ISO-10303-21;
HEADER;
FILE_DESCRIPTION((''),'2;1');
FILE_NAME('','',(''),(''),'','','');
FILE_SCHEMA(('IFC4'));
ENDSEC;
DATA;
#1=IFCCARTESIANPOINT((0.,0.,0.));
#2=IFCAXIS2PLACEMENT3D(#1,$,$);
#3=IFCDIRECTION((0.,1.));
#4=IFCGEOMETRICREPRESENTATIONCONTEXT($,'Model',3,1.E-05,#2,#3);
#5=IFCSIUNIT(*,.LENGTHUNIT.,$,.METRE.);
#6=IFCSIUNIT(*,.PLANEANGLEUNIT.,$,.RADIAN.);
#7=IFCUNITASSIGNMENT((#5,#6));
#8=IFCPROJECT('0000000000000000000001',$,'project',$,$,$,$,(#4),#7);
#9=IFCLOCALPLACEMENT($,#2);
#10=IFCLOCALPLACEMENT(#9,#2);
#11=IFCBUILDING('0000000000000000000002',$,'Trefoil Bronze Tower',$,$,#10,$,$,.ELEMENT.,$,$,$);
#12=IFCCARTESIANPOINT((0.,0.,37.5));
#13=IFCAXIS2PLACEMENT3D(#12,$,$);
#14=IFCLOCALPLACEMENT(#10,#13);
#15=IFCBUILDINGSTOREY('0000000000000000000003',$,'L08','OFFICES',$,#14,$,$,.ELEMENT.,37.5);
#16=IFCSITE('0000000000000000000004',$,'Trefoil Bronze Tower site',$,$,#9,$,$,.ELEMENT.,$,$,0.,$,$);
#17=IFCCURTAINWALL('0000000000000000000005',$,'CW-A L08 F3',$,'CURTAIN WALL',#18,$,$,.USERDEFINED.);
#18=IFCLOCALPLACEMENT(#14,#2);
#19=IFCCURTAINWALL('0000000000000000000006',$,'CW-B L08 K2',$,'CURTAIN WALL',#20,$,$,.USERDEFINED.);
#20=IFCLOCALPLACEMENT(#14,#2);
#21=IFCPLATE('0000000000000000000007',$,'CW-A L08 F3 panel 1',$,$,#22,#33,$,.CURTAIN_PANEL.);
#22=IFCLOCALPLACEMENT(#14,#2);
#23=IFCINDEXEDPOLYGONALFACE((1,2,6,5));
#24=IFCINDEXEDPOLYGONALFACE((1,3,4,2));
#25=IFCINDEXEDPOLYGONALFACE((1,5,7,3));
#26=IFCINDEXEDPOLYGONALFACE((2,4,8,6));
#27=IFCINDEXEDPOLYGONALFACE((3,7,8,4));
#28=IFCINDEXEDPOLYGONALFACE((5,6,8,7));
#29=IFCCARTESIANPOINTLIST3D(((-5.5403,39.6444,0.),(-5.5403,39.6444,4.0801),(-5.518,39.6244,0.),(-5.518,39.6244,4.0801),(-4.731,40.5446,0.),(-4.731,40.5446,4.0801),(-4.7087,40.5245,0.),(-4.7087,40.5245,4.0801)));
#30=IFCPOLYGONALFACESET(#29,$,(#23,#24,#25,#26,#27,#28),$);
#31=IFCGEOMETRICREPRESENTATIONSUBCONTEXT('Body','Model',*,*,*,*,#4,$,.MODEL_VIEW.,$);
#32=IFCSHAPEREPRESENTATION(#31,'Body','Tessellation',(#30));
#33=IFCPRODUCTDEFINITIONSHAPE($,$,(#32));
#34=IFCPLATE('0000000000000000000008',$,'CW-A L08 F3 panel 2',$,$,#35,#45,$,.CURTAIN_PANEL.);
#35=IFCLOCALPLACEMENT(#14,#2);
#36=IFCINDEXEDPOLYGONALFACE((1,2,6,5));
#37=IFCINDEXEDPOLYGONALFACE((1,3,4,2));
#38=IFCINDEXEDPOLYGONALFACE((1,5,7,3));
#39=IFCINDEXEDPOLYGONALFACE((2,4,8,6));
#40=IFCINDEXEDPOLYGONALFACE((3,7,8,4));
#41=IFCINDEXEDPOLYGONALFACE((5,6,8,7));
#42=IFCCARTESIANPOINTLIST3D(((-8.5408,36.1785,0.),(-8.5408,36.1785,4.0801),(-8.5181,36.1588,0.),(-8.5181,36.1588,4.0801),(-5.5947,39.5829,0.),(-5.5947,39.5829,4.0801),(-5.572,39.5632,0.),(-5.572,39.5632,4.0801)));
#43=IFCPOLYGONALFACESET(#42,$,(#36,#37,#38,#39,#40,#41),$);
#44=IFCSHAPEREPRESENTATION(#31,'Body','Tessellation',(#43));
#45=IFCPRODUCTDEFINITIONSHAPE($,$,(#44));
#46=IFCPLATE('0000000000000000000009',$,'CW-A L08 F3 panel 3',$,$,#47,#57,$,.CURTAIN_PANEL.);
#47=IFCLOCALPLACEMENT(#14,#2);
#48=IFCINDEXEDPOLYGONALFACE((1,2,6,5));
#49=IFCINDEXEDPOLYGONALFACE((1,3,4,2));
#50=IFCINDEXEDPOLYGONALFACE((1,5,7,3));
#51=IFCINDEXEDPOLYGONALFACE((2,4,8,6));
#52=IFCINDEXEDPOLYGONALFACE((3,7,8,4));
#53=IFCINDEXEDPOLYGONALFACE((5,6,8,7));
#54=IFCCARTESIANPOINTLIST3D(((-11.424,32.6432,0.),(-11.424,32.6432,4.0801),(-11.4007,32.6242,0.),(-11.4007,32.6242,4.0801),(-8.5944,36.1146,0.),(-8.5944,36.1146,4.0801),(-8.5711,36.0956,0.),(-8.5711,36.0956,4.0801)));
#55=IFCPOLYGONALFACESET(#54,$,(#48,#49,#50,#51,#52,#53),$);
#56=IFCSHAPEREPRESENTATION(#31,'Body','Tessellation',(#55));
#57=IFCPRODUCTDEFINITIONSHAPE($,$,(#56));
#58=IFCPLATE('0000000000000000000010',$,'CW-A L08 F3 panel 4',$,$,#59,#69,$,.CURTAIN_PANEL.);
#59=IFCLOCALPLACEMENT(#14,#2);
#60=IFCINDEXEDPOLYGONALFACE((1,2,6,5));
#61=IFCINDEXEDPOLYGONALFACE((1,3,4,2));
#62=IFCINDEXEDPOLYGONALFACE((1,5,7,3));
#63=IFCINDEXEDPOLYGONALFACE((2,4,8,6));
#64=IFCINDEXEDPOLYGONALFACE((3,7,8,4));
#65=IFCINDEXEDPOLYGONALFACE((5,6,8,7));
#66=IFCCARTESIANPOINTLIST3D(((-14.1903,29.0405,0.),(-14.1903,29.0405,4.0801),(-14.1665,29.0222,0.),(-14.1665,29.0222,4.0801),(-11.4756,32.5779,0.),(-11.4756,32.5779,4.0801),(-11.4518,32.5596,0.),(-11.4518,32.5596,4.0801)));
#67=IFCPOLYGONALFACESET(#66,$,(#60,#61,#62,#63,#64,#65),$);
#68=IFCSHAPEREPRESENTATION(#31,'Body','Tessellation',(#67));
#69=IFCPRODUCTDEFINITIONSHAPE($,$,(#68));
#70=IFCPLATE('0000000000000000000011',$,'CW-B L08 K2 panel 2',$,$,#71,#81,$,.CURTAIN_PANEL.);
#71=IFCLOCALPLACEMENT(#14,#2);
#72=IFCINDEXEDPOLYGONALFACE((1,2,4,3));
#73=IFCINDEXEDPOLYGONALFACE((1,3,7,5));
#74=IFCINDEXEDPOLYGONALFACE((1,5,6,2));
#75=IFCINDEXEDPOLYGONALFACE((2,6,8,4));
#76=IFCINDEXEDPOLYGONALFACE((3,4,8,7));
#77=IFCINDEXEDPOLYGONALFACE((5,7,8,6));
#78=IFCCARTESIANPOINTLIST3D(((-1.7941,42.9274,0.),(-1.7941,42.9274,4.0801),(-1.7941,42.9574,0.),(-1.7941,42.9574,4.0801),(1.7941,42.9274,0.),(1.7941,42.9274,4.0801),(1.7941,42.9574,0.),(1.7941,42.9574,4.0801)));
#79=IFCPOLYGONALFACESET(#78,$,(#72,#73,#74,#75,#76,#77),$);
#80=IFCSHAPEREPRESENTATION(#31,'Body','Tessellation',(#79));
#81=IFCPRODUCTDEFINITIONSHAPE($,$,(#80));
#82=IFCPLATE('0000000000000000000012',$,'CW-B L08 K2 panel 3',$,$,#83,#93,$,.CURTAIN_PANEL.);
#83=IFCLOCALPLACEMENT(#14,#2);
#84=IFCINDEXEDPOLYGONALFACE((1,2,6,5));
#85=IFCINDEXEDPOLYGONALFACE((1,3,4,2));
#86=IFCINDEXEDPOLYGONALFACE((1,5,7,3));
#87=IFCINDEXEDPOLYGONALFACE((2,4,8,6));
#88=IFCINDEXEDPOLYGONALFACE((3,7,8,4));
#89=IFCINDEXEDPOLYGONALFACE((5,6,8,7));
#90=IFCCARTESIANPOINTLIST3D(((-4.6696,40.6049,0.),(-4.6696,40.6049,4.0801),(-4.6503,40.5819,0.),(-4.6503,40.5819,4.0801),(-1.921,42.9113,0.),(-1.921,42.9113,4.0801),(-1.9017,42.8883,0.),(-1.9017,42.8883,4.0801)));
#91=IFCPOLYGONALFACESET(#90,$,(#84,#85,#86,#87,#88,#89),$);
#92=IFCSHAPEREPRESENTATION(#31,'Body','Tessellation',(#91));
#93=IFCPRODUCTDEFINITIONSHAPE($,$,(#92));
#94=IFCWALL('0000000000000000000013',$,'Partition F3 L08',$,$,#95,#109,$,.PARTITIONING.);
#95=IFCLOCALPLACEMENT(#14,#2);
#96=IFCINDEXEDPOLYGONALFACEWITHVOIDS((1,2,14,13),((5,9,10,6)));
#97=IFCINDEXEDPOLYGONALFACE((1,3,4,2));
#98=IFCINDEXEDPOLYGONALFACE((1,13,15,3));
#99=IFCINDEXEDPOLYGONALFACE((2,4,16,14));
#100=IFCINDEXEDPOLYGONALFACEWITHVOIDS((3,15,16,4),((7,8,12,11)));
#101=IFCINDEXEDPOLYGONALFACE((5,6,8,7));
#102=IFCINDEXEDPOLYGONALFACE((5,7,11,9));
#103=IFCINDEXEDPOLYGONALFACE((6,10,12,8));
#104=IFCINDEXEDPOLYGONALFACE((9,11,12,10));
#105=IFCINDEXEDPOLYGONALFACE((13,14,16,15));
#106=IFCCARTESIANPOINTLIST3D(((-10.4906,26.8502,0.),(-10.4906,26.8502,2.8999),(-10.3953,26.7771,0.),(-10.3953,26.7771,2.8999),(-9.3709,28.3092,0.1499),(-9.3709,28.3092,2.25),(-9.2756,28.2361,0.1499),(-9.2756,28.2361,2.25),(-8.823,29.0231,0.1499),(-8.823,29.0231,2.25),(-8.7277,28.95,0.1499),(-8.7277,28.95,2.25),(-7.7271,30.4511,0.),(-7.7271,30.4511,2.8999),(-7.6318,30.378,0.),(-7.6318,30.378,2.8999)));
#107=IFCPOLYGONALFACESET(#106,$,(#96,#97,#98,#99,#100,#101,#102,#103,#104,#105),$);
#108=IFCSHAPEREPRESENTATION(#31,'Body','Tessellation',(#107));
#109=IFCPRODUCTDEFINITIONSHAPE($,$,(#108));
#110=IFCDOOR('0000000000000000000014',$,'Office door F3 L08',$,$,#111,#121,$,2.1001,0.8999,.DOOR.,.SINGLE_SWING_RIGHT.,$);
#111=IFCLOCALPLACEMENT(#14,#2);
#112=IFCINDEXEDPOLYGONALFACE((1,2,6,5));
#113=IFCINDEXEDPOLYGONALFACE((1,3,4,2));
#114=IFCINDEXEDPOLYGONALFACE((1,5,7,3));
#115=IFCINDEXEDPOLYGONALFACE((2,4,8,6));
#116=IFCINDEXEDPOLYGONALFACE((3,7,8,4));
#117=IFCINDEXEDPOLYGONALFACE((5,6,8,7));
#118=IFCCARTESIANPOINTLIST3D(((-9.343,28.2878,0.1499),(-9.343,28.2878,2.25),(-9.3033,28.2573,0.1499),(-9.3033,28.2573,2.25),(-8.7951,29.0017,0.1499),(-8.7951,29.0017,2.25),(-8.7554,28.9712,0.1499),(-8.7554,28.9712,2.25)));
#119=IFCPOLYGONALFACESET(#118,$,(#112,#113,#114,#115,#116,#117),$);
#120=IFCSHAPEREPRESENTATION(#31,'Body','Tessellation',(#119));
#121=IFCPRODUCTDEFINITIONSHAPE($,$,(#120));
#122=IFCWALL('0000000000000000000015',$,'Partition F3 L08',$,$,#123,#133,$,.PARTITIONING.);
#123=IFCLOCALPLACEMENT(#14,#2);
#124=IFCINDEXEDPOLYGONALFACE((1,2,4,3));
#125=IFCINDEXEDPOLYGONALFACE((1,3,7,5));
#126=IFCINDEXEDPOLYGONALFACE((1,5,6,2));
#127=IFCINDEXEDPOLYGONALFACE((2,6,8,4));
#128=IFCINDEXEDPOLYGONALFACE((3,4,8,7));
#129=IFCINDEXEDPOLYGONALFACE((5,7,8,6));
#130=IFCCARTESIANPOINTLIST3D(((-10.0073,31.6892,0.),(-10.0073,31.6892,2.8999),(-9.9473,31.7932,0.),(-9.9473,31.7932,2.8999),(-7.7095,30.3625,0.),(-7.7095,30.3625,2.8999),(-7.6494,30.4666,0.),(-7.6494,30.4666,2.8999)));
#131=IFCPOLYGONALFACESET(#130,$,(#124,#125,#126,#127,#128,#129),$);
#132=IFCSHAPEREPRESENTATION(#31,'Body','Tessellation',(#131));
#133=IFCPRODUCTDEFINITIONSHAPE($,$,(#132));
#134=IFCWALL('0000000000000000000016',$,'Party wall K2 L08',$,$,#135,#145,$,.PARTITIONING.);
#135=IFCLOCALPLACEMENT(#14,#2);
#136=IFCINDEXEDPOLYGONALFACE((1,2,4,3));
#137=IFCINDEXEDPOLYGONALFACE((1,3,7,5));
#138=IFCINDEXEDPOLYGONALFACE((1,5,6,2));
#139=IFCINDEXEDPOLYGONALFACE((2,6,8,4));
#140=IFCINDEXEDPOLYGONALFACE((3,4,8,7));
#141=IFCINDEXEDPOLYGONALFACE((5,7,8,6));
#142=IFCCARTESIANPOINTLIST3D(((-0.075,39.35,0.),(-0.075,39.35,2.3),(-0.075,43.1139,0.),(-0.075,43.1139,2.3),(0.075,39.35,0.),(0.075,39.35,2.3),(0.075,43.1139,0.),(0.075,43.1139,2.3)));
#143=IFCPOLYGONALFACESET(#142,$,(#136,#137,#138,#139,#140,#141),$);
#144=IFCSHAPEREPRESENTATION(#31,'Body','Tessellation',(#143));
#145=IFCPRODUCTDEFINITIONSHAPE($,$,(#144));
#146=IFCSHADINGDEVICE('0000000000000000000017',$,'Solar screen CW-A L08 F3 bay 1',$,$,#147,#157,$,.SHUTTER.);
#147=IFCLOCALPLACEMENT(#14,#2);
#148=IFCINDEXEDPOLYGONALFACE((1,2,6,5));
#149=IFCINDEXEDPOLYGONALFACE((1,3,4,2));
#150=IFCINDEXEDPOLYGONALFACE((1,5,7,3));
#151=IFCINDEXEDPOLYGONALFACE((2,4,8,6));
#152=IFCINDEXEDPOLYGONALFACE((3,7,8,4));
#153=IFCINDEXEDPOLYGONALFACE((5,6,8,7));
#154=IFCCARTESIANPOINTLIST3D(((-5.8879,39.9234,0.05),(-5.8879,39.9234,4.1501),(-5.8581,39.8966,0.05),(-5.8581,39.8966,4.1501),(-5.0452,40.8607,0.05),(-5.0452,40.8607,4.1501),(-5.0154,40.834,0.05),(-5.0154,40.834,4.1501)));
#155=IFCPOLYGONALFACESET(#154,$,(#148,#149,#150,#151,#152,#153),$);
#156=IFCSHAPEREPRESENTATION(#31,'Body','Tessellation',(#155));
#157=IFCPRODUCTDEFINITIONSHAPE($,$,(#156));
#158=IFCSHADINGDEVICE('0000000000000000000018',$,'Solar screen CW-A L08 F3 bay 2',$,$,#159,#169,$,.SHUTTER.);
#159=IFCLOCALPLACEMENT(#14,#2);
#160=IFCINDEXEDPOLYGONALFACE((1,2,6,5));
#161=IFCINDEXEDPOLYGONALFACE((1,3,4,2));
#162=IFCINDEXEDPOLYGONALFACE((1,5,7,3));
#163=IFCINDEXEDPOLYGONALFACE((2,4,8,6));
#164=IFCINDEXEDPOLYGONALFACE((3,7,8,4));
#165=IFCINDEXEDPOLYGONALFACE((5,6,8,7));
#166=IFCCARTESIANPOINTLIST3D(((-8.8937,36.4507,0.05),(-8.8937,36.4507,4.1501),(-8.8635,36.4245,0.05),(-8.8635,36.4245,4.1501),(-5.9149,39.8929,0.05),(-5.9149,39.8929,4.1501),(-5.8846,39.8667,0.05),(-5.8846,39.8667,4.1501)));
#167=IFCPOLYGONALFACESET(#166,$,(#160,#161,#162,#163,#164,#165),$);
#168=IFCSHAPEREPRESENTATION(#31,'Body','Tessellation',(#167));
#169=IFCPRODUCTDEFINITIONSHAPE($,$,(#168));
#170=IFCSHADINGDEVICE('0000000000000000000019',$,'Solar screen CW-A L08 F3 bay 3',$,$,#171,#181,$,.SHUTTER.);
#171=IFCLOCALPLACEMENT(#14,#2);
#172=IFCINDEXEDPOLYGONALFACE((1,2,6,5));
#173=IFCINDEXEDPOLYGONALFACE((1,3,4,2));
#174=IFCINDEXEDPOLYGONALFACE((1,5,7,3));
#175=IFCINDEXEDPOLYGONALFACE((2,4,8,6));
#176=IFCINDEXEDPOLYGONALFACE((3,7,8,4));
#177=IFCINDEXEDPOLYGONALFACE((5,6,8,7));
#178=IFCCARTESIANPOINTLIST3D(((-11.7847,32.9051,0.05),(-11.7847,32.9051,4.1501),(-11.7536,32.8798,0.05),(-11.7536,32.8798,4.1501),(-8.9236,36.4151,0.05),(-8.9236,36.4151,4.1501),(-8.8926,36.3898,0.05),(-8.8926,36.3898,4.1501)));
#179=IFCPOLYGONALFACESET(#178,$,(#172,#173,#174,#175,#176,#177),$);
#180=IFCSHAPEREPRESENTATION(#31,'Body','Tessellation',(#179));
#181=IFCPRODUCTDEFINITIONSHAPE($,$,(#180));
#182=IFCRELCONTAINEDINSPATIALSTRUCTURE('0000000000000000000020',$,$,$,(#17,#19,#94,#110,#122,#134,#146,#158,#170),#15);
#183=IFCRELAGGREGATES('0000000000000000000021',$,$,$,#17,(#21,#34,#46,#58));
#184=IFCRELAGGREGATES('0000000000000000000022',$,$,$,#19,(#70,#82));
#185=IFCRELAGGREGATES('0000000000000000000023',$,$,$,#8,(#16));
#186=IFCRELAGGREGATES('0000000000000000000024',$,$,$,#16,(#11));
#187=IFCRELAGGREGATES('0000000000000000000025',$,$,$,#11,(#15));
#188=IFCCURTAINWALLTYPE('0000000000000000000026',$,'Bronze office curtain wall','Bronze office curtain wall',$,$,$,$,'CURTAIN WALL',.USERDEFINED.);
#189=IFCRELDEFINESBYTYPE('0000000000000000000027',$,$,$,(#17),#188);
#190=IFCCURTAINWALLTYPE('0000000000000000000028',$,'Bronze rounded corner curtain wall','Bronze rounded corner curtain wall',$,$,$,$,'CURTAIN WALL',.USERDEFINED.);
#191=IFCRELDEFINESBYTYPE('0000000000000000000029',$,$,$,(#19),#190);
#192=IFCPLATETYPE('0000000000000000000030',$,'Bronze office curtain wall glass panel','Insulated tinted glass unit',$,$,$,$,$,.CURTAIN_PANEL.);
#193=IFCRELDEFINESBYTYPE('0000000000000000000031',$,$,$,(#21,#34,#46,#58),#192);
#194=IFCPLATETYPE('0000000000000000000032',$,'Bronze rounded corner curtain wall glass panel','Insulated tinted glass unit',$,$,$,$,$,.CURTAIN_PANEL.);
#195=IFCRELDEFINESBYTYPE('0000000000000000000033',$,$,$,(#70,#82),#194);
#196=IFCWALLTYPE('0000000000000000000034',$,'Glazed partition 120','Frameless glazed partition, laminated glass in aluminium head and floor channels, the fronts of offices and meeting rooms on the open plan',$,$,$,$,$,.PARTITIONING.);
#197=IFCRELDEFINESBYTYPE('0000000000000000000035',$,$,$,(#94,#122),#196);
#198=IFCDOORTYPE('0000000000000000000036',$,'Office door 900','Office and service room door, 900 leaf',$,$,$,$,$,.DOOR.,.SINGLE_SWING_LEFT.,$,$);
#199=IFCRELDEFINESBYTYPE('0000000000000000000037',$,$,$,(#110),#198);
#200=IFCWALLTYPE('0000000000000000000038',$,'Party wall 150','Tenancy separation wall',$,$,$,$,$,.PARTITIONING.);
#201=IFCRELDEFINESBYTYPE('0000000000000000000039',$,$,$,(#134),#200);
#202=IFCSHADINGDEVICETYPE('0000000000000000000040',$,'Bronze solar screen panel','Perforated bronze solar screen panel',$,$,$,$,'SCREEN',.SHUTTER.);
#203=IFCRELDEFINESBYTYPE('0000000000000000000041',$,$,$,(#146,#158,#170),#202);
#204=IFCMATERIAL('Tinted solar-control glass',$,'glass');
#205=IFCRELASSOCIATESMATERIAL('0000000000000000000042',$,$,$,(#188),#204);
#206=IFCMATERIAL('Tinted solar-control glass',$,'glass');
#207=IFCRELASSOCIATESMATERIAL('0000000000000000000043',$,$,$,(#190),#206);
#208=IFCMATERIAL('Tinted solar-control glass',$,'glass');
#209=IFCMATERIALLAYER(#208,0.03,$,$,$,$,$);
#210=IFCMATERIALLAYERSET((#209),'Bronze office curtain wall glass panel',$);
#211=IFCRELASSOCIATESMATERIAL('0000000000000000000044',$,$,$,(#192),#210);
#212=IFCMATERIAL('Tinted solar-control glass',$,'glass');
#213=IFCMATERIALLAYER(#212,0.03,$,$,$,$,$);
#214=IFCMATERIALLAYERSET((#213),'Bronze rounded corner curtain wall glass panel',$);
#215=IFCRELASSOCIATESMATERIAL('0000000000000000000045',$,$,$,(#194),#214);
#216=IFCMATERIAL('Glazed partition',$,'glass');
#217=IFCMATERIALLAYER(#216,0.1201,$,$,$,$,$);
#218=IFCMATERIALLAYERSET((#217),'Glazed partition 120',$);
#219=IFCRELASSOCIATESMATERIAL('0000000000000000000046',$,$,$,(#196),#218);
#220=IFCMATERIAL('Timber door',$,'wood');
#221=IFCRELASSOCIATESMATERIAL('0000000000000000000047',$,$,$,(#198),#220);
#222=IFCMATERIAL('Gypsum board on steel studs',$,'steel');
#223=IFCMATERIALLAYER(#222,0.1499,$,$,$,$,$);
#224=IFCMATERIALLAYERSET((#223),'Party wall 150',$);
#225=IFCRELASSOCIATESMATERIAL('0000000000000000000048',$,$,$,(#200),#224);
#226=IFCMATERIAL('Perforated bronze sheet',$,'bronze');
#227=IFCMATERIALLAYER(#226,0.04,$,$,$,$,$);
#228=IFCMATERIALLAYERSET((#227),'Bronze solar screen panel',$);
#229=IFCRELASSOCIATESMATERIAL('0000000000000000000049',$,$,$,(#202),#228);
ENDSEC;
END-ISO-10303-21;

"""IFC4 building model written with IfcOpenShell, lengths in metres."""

from ifc_helpers import new_model, si_unit, direction, frame, frame_2d, origin, origin_2d, place, context, subcontext, project, spatial, rectangle, extrude, material, layer, layer_set, type_object, element, fill, aggregate, save


model = new_model("IFC4")

# Units and contexts
model_context = context("Model", 3, precision=1e-05, world=origin(), true_north=direction((0.0, 1.0)))
body_context = subcontext(model_context, "Body", "Model", "MODEL_VIEW")
ifc_project = project(units=[si_unit("LENGTHUNIT", "METRE"), si_unit("PLANEANGLEUNIT", "RADIAN")], contexts=[model_context])

# Site, building, storey
site_placement = place(None, origin())
site = spatial("IfcSite", under=ifc_project, at=site_placement, Name="Trefoil Bronze Tower site", CompositionType="ELEMENT", RefElevation=0.0)
building_placement = place(site_placement, origin())
building = spatial("IfcBuilding", under=site, at=building_placement, Name="Trefoil Bronze Tower", CompositionType="ELEMENT")
storey_placement = place(building_placement, frame((0.0, 0.0, 37.5)))
storey = spatial("IfcBuildingStorey", under=building, at=storey_placement, Name="L08", Description="OFFICES", CompositionType="ELEMENT", Elevation=37.5)

# Curtain walls
ifc_material_1 = material(Name="Tinted solar-control glass", Category="glass")
curtain_wall_type_1 = type_object("IfcCurtainWallType", Name="Bronze office curtain wall", Description="Bronze office curtain wall", ElementType="CURTAIN WALL", PredefinedType="USERDEFINED", material=ifc_material_1)
curtain_wall_1_placement = place(storey_placement, origin())
curtain_wall_1 = element("IfcCurtainWall", 1, at=curtain_wall_1_placement, inside=storey, type_object=curtain_wall_type_1, Name="CW-A L08 F3", ObjectType="CURTAIN WALL", PredefinedType="USERDEFINED")
ifc_material_2 = material(Name="Tinted solar-control glass", Category="glass")
curtain_wall_type_2 = type_object("IfcCurtainWallType", Name="Bronze rounded corner curtain wall", Description="Bronze rounded corner curtain wall", ElementType="CURTAIN WALL", PredefinedType="USERDEFINED", material=ifc_material_2)
curtain_wall_2_placement = place(storey_placement, origin())
curtain_wall_2 = element("IfcCurtainWall", 2, at=curtain_wall_2_placement, inside=storey, type_object=curtain_wall_type_2, Name="CW-B L08 K2", ObjectType="CURTAIN WALL", PredefinedType="USERDEFINED")

# Plates
ifc_material_3 = material(Name="Tinted solar-control glass", Category="glass")
ifc_layer_1 = layer(ifc_material_3, 0.03)
ifc_layer_set_1 = layer_set([ifc_layer_1], Name="Bronze office curtain wall glass panel")
plate_type_1 = type_object("IfcPlateType", Name="Bronze office curtain wall glass panel", Description="Insulated tinted glass unit", PredefinedType="CURTAIN_PANEL", material=ifc_layer_set_1)
plate_1_placement = place(storey_placement, frame((-5.1245, 40.0845, 0.0), z_axis=(0.0, 0.0, 1.0), x_axis=(-0.668575, -0.743645, 0.0)))
plate_1 = element("IfcPlate", 3, at=plate_1_placement, type_object=plate_type_1, Name="CW-A L08 F3 panel 1", PredefinedType="CURTAIN_PANEL", context=body_context, shape_type="SweptSolid", body=[
    extrude(rectangle(XDim=1.2104, YDim=0.03, at=origin_2d()), origin(), (0.0, 0.0, 1.0), 4.0801),
])
plate_2_placement = place(storey_placement, frame((-7.0564, 37.8708, 0.0), z_axis=(0.0, 0.0, 1.0), x_axis=(-0.654376, -0.756169, 0.0)))
plate_2 = element("IfcPlate", 4, at=plate_2_placement, type_object=plate_type_1, Name="CW-A L08 F3 panel 2", PredefinedType="CURTAIN_PANEL", context=body_context, shape_type="SweptSolid", body=[
    extrude(rectangle(XDim=4.5022, YDim=0.03, at=origin_2d()), origin(), (0.0, 0.0, 1.0), 4.0801),
])
plate_3_placement = place(storey_placement, frame((-9.9976, 34.3694, 0.0), z_axis=(0.0, 0.0, 1.0), x_axis=(-0.631811, -0.775123, 0.0)))
plate_3 = element("IfcPlate", 5, at=plate_3_placement, type_object=plate_type_1, Name="CW-A L08 F3 panel 3", PredefinedType="CURTAIN_PANEL", context=body_context, shape_type="SweptSolid", body=[
    extrude(rectangle(XDim=4.4785, YDim=0.03, at=origin_2d()), origin(), (0.0, 0.0, 1.0), 4.0801),
])
plate_4_placement = place(storey_placement, frame((-12.821, 30.8, 0.0), z_axis=(0.0, 0.0, 1.0), x_axis=(-0.608808, -0.793318, 0.0)))
plate_4 = element("IfcPlate", 6, at=plate_4_placement, type_object=plate_type_1, Name="CW-A L08 F3 panel 4", PredefinedType="CURTAIN_PANEL", context=body_context, shape_type="SweptSolid", body=[
    extrude(rectangle(XDim=4.459, YDim=0.03, at=origin_2d()), origin(), (0.0, 0.0, 1.0), 4.0801),
])
aggregate(curtain_wall_1, [plate_1, plate_2, plate_3, plate_4])
ifc_material_4 = material(Name="Tinted solar-control glass", Category="glass")
ifc_layer_2 = layer(ifc_material_4, 0.03)
ifc_layer_set_2 = layer_set([ifc_layer_2], Name="Bronze rounded corner curtain wall glass panel")
plate_type_2 = type_object("IfcPlateType", Name="Bronze rounded corner curtain wall glass panel", Description="Insulated tinted glass unit", PredefinedType="CURTAIN_PANEL", material=ifc_layer_set_2)
plate_5_placement = place(storey_placement, frame((0.0, 42.9424, 0.0), z_axis=(0.0, 0.0, 1.0), x_axis=(-1.0, 0.0, 0.0)))
plate_5 = element("IfcPlate", 7, at=plate_5_placement, type_object=plate_type_2, Name="CW-B L08 K2 panel 2", PredefinedType="CURTAIN_PANEL", context=body_context, shape_type="SweptSolid", body=[
    extrude(rectangle(XDim=3.5881, YDim=0.03, at=origin_2d()), origin(), (0.0, 0.0, 1.0), 4.0801),
])
plate_6_placement = place(storey_placement, frame((-3.2856, 41.7466, 0.0), z_axis=(0.0, 0.0, 1.0), x_axis=(-0.766044, -0.642788, 0.0)))
plate_6 = element("IfcPlate", 8, at=plate_6_placement, type_object=plate_type_2, Name="CW-B L08 K2 panel 3", PredefinedType="CURTAIN_PANEL", context=body_context, shape_type="SweptSolid", body=[
    extrude(rectangle(XDim=3.5881, YDim=0.03, at=origin_2d()), origin(), (0.0, 0.0, 1.0), 4.0801),
])
aggregate(curtain_wall_2, [plate_5, plate_6])

# Wall, opening, door
ifc_material_5 = material(Name="Glazed partition", Category="glass")
ifc_layer_3 = layer(ifc_material_5, 0.1201)
ifc_layer_set_3 = layer_set([ifc_layer_3], Name="Glazed partition 120")
wall_type_1 = type_object("IfcWallType", Name="Glazed partition 120", Description="Frameless glazed partition, laminated glass in aluminium head and floor channels, the fronts of offices and meeting rooms on the open plan", PredefinedType="PARTITIONING", material=ifc_layer_set_3)
wall_1_placement = place(storey_placement, frame((-7.6794, 30.4146, 0.0), z_axis=(0.0, 0.0, 1.0), x_axis=(-0.608819, -0.793309, 0.0)))
wall_1 = element("IfcWall", 9, at=wall_1_placement, inside=storey, type_object=wall_type_1, Name="Partition F3 L08", PredefinedType="PARTITIONING", context=body_context, shape_type="SweptSolid", body=[
    extrude(rectangle(XDim=4.5391, YDim=0.1201, at=frame_2d((2.2695, 0.0))), origin(), (0.0, 0.0, 1.0), 2.8999),
])
opening_placement = place(wall_1_placement, frame((1.8, 0.0, 0.1499)))
opening = element("IfcOpeningElement", 10, at=opening_placement, cuts=wall_1, PredefinedType="OPENING", context=body_context, shape_type="SweptSolid", body=[
    extrude(rectangle(XDim=0.8999, YDim=2.1001, at=frame_2d((0.45, 1.05))), frame((0.0, 0.0701, 0.0), z_axis=(0.0, -1.0, 0.0), x_axis=(1.0, 0.0, 0.0)), (0.0, 0.0, 1.0), 0.1401),
])
ifc_material_6 = material(Name="Timber door", Category="wood")
door_type = type_object("IfcDoorType", Name="Office door 900", Description="Office and service room door, 900 leaf", OperationType="SINGLE_SWING_LEFT", PredefinedType="DOOR", material=ifc_material_6)
door_placement = place(opening_placement, frame((0.8999, 0.0, 0.0), z_axis=(0.0, 0.0, 1.0), x_axis=(-1.0, 0.0, 0.0)))
door = element("IfcDoor", 11, at=door_placement, inside=storey, type_object=door_type, Name="Office door F3 L08", OperationType="SINGLE_SWING_RIGHT", OverallHeight=2.1001, OverallWidth=0.8999, PredefinedType="DOOR", context=body_context, shape_type="SweptSolid", body=[
    extrude(rectangle(XDim=0.8999, YDim=2.1001, at=frame_2d((0.45, 1.05))), frame((0.0, 0.0249, 0.0), z_axis=(0.0, -1.0, 0.0), x_axis=(1.0, 0.0, 0.0)), (0.0, 0.0, 1.0), 0.05),
])
fill(opening, door)

# Walls
wall_2_placement = place(storey_placement, frame((-7.6794, 30.4146, 0.0), z_axis=(0.0, 0.0, 1.0), x_axis=(-0.866026, 0.499999, 0.0)))
element("IfcWall", 12, at=wall_2_placement, inside=storey, type_object=wall_type_1, Name="Partition F3 L08", PredefinedType="PARTITIONING", context=body_context, shape_type="SweptSolid", body=[
    extrude(rectangle(XDim=2.6533, YDim=0.1201, at=frame_2d((1.3267, 0.0))), origin(), (0.0, 0.0, 1.0), 2.8999),
])
ifc_material_7 = material(Name="Gypsum board on steel studs", Category="steel")
ifc_layer_4 = layer(ifc_material_7, 0.1499)
ifc_layer_set_4 = layer_set([ifc_layer_4], Name="Party wall 150")
wall_type_2 = type_object("IfcWallType", Name="Party wall 150", Description="Tenancy separation wall", PredefinedType="PARTITIONING", material=ifc_layer_set_4)
wall_3_placement = place(storey_placement, frame((0.0, 39.3501, 0.0), z_axis=(0.0, 0.0, 1.0), x_axis=(0.0, 1.0, 0.0)))
element("IfcWall", 13, at=wall_3_placement, inside=storey, type_object=wall_type_2, Name="Party wall K2 L08", PredefinedType="PARTITIONING", context=body_context, shape_type="SweptSolid", body=[
    extrude(rectangle(XDim=3.7639, YDim=0.1499, at=frame_2d((1.8818, 0.0))), origin(), (0.0, 0.0, 1.0), 2.3),
])

# Shading devices
ifc_material_8 = material(Name="Perforated bronze sheet", Category="bronze")
ifc_layer_5 = layer(ifc_material_8, 0.04)
ifc_layer_set_5 = layer_set([ifc_layer_5], Name="Bronze solar screen panel")
shading_device_type = type_object("IfcShadingDeviceType", Name="Bronze solar screen panel", Description="Perforated bronze solar screen panel", ElementType="SCREEN", PredefinedType="SHUTTER", material=ifc_layer_set_5)
shading_device_1_placement = place(storey_placement, frame((-5.4517, 40.3787, 0.05), z_axis=(0.0, 0.0, 1.0), x_axis=(-0.668575, -0.743645, 0.0)))
element("IfcShadingDevice", 14, at=shading_device_1_placement, inside=storey, type_object=shading_device_type, Name="Solar screen CW-A L08 F3 bay 1", PredefinedType="SHUTTER", context=body_context, shape_type="SweptSolid", body=[
    extrude(rectangle(XDim=1.2605, YDim=0.04, at=origin_2d()), origin(), (0.0, 0.0, 1.0), 4.1001),
])
shading_device_2_placement = place(storey_placement, frame((-7.3892, 38.1587, 0.05), z_axis=(0.0, 0.0, 1.0), x_axis=(-0.654376, -0.756169, 0.0)))
element("IfcShadingDevice", 15, at=shading_device_2_placement, inside=storey, type_object=shading_device_type, Name="Solar screen CW-A L08 F3 bay 2", PredefinedType="SHUTTER", context=body_context, shape_type="SweptSolid", body=[
    extrude(rectangle(XDim=4.5522, YDim=0.04, at=origin_2d()), origin(), (0.0, 0.0, 1.0), 4.1001),
])
shading_device_3_placement = place(storey_placement, frame((-10.3386, 34.6475, 0.05), z_axis=(0.0, 0.0, 1.0), x_axis=(-0.631811, -0.775123, 0.0)))
element("IfcShadingDevice", 16, at=shading_device_3_placement, inside=storey, type_object=shading_device_type, Name="Solar screen CW-A L08 F3 bay 3", PredefinedType="SHUTTER", context=body_context, shape_type="SweptSolid", body=[
    extrude(rectangle(XDim=4.5283, YDim=0.04, at=origin_2d()), origin(), (0.0, 0.0, 1.0), 4.1001),
])

save(model, "model.ifc")
